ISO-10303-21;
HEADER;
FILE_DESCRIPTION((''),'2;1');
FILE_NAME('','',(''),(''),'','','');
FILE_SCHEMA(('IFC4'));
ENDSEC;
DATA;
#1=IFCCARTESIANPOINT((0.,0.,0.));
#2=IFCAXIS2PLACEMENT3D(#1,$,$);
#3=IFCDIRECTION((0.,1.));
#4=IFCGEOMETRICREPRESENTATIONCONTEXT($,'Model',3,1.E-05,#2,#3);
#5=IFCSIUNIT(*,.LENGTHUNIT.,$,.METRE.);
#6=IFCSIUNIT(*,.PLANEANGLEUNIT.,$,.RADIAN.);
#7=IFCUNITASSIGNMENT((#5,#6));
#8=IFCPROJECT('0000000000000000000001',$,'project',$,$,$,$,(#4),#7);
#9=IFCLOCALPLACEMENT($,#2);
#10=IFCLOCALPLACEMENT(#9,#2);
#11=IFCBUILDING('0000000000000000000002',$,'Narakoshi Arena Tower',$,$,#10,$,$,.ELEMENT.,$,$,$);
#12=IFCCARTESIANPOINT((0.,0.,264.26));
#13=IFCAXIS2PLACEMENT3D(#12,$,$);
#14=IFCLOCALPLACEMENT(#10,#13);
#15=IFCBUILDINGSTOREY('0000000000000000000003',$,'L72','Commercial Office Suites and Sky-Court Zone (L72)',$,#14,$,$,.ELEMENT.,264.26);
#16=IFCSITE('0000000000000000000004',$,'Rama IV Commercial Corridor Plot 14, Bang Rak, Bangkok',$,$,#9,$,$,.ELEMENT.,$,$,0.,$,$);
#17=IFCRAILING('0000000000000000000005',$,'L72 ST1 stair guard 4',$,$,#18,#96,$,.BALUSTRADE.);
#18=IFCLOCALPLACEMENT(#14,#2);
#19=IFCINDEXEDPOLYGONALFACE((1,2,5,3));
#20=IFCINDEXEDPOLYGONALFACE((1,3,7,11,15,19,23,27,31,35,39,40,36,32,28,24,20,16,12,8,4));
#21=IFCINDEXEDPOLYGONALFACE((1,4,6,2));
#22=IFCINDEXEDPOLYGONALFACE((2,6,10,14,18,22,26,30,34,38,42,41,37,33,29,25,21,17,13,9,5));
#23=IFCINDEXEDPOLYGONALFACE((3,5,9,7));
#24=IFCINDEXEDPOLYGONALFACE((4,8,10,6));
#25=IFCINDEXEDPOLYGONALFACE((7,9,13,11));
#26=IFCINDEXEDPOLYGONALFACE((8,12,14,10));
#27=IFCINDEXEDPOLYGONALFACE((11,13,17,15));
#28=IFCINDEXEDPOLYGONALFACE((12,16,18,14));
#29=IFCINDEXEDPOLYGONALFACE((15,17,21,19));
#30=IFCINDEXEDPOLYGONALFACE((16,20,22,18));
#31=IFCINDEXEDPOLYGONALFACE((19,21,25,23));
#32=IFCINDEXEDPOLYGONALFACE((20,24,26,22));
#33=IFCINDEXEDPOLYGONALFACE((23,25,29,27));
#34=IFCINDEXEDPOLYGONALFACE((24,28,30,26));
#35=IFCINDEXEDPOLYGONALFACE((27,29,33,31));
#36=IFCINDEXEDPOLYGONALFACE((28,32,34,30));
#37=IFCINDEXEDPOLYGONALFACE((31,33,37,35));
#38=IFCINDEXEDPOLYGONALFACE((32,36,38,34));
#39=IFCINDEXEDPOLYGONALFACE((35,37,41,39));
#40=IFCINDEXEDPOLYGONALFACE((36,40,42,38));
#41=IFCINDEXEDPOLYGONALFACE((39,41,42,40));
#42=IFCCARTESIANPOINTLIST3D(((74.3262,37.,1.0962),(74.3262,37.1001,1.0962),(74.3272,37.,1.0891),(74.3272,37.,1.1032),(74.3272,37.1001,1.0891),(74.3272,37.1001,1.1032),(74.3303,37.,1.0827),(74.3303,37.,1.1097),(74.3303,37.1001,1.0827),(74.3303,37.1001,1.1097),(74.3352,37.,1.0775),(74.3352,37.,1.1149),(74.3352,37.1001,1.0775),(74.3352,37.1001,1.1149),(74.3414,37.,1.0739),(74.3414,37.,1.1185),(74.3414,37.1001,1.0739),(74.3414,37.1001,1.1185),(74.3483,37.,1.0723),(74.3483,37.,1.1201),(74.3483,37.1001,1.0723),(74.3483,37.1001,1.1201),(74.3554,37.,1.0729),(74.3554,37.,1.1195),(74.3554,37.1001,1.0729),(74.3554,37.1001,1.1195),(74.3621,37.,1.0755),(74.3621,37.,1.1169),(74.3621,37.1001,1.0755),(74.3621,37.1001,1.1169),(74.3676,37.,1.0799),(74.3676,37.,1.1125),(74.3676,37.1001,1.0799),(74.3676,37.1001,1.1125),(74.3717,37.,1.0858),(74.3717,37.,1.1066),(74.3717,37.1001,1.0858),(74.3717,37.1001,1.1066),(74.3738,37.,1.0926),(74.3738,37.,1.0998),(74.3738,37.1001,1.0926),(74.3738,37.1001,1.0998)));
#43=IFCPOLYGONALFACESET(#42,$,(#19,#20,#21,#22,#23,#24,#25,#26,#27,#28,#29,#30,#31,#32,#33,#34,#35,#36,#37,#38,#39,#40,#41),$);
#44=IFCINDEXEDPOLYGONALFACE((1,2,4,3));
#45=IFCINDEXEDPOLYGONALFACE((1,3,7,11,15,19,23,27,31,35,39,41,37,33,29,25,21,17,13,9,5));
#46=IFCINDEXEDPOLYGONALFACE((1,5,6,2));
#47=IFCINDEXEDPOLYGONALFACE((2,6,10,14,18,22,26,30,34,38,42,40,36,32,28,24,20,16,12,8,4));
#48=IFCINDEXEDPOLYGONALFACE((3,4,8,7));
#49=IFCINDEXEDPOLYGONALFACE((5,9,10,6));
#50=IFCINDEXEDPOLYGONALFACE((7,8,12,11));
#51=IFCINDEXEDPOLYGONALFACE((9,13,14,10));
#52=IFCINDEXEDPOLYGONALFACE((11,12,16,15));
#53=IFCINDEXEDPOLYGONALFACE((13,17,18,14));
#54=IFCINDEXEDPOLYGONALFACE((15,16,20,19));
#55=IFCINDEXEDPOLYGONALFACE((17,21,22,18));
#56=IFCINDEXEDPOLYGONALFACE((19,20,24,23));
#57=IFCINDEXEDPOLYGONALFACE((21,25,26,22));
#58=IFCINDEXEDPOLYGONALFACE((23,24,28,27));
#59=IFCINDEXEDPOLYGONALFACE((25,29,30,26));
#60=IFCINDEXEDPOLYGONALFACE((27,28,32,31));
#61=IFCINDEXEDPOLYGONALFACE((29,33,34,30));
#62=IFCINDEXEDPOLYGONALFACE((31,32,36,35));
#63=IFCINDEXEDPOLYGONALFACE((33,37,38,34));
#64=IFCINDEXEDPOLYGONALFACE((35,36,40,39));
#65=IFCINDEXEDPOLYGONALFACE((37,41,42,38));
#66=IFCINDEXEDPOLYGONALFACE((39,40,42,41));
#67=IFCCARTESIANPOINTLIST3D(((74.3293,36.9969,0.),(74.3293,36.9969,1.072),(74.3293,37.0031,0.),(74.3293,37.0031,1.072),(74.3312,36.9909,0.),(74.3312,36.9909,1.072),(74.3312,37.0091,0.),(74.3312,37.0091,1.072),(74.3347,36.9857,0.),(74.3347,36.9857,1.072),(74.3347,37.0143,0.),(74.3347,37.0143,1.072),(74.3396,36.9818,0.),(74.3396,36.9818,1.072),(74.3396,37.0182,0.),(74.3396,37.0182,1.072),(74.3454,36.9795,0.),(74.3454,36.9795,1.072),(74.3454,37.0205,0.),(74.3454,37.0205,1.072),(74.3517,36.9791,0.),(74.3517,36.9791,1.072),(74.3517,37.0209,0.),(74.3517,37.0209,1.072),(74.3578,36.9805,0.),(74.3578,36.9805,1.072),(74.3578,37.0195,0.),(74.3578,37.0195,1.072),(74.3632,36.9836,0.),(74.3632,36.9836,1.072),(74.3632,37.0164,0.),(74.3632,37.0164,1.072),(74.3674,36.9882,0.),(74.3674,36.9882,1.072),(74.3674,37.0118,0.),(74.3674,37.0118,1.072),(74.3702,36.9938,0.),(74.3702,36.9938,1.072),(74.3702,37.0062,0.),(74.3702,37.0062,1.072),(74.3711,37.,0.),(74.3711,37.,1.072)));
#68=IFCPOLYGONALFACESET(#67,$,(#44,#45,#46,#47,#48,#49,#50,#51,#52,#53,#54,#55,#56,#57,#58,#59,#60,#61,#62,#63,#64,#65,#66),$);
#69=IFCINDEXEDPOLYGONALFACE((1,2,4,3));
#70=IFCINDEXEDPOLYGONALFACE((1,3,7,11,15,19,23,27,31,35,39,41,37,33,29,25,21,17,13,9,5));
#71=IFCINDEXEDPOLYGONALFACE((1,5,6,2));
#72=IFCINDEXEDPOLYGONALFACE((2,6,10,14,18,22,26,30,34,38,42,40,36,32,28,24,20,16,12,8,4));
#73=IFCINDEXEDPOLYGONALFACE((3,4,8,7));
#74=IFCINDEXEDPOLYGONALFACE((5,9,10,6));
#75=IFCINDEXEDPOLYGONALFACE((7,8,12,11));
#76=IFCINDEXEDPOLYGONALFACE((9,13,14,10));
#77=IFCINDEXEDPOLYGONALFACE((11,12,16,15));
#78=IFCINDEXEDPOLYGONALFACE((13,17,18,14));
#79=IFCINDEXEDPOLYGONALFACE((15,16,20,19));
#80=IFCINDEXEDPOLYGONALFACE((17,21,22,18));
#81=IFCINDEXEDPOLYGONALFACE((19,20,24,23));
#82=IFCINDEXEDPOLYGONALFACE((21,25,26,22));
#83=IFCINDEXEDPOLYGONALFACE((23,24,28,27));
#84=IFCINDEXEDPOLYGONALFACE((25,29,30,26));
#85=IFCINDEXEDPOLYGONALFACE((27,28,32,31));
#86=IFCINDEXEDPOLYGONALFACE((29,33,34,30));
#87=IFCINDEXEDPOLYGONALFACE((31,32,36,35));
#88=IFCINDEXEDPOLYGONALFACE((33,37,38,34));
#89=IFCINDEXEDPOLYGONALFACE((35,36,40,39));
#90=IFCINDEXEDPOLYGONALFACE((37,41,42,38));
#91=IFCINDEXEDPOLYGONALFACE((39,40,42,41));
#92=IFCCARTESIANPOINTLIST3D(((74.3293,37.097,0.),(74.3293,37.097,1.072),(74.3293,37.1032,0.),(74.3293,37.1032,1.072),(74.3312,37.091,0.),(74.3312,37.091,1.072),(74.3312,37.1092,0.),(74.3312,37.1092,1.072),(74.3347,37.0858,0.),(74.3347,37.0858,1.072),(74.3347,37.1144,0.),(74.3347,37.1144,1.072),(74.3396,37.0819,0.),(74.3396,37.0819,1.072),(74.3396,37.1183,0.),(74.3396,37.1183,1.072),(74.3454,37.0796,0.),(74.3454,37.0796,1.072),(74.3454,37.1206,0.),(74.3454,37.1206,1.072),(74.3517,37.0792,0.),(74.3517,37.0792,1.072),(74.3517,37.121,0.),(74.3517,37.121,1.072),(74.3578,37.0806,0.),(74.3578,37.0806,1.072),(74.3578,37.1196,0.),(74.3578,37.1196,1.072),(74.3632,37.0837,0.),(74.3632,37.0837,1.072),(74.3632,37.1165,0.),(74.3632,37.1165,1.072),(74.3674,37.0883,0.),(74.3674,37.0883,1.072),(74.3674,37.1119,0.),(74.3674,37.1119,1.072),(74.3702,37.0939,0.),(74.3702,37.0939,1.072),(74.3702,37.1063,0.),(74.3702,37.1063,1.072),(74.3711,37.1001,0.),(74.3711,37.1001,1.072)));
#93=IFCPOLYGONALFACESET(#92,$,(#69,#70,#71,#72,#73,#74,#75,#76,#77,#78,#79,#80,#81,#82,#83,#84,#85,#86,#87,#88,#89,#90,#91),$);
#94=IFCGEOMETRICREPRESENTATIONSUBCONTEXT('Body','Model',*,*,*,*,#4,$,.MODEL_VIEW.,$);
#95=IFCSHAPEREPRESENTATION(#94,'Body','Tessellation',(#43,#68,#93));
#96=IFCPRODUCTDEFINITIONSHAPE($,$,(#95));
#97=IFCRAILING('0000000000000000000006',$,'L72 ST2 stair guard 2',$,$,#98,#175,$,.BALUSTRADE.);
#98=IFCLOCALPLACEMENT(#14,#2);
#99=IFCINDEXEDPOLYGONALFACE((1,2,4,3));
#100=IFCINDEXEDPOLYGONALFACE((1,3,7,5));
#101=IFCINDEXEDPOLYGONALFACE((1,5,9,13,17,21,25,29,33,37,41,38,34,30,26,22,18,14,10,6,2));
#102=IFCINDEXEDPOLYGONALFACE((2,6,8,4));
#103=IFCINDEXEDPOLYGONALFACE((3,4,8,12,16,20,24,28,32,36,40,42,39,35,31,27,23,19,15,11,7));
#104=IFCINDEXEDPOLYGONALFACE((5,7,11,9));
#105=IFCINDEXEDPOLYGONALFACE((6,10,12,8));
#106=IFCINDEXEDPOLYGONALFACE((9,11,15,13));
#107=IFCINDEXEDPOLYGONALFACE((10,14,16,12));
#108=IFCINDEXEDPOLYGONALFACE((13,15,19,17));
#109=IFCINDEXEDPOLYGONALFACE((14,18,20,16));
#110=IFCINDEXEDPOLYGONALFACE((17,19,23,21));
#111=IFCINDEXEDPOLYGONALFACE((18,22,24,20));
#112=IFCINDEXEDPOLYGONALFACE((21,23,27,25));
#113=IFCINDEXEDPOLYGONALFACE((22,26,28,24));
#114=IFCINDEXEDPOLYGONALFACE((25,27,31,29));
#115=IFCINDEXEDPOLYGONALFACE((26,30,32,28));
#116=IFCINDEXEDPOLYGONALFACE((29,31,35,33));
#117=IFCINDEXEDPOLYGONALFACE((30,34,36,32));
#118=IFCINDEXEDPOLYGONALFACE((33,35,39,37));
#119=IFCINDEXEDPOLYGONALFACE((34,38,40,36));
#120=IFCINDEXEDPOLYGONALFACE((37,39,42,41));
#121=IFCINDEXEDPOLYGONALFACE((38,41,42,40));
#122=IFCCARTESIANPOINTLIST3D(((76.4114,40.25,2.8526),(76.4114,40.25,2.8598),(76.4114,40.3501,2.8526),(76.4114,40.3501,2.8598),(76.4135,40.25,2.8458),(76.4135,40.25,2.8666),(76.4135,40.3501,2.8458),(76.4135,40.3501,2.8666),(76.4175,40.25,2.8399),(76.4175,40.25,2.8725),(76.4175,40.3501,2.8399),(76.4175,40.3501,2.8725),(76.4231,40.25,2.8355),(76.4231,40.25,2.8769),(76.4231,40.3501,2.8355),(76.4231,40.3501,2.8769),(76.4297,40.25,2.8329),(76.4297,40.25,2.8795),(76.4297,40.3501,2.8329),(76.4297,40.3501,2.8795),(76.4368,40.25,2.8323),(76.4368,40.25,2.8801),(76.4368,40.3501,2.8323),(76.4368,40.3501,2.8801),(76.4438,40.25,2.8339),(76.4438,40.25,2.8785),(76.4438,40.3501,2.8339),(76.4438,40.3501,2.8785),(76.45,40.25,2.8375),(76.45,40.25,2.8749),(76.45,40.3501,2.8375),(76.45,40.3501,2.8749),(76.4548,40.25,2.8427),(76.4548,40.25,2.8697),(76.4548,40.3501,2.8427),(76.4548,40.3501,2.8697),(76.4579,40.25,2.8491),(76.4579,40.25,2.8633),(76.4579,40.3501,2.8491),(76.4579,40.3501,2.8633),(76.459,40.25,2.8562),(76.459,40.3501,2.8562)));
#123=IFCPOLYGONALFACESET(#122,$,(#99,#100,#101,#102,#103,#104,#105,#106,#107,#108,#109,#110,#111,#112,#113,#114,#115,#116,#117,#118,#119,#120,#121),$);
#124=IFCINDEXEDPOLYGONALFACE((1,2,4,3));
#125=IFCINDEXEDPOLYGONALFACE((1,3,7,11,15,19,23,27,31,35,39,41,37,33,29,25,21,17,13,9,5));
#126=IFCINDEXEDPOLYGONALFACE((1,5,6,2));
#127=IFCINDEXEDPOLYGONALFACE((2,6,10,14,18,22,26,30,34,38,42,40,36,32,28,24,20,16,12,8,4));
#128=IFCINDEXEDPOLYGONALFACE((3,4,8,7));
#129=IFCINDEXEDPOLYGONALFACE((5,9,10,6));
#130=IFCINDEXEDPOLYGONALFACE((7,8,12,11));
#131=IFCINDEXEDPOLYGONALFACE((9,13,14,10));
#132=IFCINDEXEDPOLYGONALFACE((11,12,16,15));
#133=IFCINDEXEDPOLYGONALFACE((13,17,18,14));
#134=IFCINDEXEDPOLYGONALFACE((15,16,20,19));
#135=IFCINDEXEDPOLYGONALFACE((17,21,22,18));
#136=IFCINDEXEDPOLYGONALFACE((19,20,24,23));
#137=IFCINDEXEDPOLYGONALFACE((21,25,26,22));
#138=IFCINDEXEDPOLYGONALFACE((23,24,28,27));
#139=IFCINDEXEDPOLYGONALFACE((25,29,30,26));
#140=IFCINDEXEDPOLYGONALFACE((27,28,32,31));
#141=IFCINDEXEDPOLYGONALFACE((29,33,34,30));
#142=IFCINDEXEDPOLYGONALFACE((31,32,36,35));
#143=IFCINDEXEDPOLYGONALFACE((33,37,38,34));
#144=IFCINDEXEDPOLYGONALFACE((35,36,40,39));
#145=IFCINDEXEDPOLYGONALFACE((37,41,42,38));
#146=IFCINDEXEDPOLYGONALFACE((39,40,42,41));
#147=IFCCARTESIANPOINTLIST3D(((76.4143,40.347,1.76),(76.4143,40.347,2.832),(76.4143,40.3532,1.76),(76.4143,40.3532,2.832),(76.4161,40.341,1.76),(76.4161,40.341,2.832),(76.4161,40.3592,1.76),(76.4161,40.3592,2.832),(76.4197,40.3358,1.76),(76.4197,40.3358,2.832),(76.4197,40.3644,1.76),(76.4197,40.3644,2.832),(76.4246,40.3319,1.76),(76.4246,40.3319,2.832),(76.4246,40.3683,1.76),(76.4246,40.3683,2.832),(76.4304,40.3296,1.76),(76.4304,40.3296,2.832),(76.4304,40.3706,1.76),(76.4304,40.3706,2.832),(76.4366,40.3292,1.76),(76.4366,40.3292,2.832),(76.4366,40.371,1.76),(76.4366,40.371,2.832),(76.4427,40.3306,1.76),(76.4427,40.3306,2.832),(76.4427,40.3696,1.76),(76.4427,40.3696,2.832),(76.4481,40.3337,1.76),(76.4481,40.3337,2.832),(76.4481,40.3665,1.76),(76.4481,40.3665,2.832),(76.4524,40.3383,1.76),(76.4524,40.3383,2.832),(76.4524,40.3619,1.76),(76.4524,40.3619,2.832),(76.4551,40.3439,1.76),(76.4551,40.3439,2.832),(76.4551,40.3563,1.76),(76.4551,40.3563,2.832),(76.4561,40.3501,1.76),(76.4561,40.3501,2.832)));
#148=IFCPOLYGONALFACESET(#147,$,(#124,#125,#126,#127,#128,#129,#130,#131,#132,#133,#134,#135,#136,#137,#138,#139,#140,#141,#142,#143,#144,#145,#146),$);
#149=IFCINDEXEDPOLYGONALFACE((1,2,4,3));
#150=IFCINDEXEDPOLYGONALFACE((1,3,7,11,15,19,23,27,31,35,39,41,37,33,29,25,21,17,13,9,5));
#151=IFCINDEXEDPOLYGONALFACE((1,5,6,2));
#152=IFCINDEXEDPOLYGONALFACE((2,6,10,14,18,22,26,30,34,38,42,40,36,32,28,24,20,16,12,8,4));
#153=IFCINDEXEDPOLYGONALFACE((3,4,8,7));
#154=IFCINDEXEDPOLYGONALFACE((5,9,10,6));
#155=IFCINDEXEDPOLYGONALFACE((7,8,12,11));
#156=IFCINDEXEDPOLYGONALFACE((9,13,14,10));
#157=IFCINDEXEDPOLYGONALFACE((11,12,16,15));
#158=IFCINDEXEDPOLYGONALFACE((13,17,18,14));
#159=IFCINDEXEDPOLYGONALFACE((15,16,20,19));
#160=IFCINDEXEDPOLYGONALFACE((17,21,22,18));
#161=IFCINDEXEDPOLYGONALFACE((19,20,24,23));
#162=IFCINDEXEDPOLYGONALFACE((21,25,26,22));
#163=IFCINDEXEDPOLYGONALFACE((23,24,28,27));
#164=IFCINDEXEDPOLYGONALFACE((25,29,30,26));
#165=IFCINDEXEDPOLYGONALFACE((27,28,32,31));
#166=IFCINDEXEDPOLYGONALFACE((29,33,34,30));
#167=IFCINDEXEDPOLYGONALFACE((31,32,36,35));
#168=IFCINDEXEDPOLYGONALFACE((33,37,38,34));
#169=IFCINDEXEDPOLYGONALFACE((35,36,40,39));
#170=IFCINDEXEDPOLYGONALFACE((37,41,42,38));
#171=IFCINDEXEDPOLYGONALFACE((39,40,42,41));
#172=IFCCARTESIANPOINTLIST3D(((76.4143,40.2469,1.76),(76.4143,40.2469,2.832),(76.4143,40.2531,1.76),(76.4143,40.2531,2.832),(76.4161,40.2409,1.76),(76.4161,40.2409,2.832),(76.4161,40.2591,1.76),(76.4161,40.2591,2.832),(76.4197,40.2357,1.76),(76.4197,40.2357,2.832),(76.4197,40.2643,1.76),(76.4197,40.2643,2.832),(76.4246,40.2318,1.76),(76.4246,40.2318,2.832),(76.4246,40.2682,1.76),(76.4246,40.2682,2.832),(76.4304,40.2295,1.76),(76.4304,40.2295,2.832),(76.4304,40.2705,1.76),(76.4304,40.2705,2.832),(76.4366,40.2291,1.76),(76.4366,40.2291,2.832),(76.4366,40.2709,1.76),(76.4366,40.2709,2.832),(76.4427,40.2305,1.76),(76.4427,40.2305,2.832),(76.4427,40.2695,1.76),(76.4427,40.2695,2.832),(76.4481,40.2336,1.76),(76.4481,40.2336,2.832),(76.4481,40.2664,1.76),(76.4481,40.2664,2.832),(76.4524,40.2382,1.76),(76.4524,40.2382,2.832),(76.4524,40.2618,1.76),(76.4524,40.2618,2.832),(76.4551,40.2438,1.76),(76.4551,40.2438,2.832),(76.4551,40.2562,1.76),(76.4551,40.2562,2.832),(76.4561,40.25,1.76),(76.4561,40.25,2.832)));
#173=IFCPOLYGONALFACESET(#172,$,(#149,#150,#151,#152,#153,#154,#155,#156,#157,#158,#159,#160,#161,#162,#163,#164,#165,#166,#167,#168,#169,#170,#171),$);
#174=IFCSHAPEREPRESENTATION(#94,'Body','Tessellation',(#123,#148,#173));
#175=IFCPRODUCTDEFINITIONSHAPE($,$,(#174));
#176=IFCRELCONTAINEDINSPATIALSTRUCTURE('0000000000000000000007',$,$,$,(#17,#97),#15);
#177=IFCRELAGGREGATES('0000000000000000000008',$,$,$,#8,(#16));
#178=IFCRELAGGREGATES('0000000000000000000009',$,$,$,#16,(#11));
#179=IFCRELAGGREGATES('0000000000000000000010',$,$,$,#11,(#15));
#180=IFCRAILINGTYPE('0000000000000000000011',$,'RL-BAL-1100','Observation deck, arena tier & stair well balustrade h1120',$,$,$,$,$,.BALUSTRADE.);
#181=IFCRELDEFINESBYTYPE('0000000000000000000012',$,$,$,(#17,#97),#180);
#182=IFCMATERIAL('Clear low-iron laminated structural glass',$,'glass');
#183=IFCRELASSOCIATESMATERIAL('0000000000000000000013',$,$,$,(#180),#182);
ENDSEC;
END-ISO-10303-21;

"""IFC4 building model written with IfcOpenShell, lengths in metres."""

from ifc_helpers import new_model, si_unit, direction, frame, origin, origin_2d, place, context, subcontext, project, spatial, circle, extrude, material, type_object, element, save


model = new_model("IFC4")

# Units and contexts
model_context = context("Model", 3, precision=1e-05, world=origin(), true_north=direction((0.0, 1.0)))
body_context = subcontext(model_context, "Body", "Model", "MODEL_VIEW")
ifc_project = project(units=[si_unit("LENGTHUNIT", "METRE"), si_unit("PLANEANGLEUNIT", "RADIAN")], contexts=[model_context])

# Site, building, storey
site_placement = place(None, origin())
site = spatial("IfcSite", under=ifc_project, at=site_placement, Name="Rama IV Commercial Corridor Plot 14, Bang Rak, Bangkok", CompositionType="ELEMENT", RefElevation=0.0)
building_placement = place(site_placement, origin())
building = spatial("IfcBuilding", under=site, at=building_placement, Name="Narakoshi Arena Tower", CompositionType="ELEMENT")
storey_placement = place(building_placement, frame((0.0, 0.0, 264.26)))
storey = spatial("IfcBuildingStorey", under=building, at=storey_placement, Name="L72", Description="Commercial Office Suites and Sky-Court Zone (L72)", CompositionType="ELEMENT", Elevation=264.26)

# Railings
ifc_material_1 = material(Name="Clear low-iron laminated structural glass", Category="glass")
railing_type_1 = type_object("IfcRailingType", Name="RL-BAL-1100", Description="Observation deck, arena tier & stair well balustrade h1120", PredefinedType="BALUSTRADE", material=ifc_material_1)
railing_1_placement = place(storey_placement, frame((74.3501, 37.0, 0.0)))
element("IfcRailing", 1, at=railing_1_placement, inside=storey, type_object=railing_type_1, Name="L72 ST1 stair guard 4", PredefinedType="BALUSTRADE", context=body_context, shape_type="SweptSolid", body=[
    extrude(circle(Radius=0.0239, at=origin_2d()), frame((0.0, 0.0, 1.0962), z_axis=(0.0, 1.0, 0.0), x_axis=(-1.0, 0.0, 0.0)), (0.0, 0.0, 1.0), 0.1001),
    extrude(circle(Radius=0.021, at=origin_2d()), origin(), (0.0, 0.0, 1.0), 1.072),
    extrude(circle(Radius=0.021, at=origin_2d()), frame((0.0, 0.1001, 0.0)), (0.0, 0.0, 1.0), 1.072),
])
railing_2_placement = place(storey_placement, frame((76.4351, 40.3501, 1.76)))
element("IfcRailing", 2, at=railing_2_placement, inside=storey, type_object=railing_type_1, Name="L72 ST2 stair guard 2", PredefinedType="BALUSTRADE", context=body_context, shape_type="SweptSolid", body=[
    extrude(circle(Radius=0.0239, at=origin_2d()), frame((0.0, 0.0, 1.0962), z_axis=(0.0, -1.0, 0.0), x_axis=(1.0, 0.0, 0.0)), (0.0, 0.0, 1.0), 0.1001),
    extrude(circle(Radius=0.021, at=origin_2d()), origin(), (0.0, 0.0, 1.0), 1.072),
    extrude(circle(Radius=0.021, at=origin_2d()), frame((0.0, -0.1001, 0.0)), (0.0, 0.0, 1.0), 1.072),
])

save(model, "model.ifc")
